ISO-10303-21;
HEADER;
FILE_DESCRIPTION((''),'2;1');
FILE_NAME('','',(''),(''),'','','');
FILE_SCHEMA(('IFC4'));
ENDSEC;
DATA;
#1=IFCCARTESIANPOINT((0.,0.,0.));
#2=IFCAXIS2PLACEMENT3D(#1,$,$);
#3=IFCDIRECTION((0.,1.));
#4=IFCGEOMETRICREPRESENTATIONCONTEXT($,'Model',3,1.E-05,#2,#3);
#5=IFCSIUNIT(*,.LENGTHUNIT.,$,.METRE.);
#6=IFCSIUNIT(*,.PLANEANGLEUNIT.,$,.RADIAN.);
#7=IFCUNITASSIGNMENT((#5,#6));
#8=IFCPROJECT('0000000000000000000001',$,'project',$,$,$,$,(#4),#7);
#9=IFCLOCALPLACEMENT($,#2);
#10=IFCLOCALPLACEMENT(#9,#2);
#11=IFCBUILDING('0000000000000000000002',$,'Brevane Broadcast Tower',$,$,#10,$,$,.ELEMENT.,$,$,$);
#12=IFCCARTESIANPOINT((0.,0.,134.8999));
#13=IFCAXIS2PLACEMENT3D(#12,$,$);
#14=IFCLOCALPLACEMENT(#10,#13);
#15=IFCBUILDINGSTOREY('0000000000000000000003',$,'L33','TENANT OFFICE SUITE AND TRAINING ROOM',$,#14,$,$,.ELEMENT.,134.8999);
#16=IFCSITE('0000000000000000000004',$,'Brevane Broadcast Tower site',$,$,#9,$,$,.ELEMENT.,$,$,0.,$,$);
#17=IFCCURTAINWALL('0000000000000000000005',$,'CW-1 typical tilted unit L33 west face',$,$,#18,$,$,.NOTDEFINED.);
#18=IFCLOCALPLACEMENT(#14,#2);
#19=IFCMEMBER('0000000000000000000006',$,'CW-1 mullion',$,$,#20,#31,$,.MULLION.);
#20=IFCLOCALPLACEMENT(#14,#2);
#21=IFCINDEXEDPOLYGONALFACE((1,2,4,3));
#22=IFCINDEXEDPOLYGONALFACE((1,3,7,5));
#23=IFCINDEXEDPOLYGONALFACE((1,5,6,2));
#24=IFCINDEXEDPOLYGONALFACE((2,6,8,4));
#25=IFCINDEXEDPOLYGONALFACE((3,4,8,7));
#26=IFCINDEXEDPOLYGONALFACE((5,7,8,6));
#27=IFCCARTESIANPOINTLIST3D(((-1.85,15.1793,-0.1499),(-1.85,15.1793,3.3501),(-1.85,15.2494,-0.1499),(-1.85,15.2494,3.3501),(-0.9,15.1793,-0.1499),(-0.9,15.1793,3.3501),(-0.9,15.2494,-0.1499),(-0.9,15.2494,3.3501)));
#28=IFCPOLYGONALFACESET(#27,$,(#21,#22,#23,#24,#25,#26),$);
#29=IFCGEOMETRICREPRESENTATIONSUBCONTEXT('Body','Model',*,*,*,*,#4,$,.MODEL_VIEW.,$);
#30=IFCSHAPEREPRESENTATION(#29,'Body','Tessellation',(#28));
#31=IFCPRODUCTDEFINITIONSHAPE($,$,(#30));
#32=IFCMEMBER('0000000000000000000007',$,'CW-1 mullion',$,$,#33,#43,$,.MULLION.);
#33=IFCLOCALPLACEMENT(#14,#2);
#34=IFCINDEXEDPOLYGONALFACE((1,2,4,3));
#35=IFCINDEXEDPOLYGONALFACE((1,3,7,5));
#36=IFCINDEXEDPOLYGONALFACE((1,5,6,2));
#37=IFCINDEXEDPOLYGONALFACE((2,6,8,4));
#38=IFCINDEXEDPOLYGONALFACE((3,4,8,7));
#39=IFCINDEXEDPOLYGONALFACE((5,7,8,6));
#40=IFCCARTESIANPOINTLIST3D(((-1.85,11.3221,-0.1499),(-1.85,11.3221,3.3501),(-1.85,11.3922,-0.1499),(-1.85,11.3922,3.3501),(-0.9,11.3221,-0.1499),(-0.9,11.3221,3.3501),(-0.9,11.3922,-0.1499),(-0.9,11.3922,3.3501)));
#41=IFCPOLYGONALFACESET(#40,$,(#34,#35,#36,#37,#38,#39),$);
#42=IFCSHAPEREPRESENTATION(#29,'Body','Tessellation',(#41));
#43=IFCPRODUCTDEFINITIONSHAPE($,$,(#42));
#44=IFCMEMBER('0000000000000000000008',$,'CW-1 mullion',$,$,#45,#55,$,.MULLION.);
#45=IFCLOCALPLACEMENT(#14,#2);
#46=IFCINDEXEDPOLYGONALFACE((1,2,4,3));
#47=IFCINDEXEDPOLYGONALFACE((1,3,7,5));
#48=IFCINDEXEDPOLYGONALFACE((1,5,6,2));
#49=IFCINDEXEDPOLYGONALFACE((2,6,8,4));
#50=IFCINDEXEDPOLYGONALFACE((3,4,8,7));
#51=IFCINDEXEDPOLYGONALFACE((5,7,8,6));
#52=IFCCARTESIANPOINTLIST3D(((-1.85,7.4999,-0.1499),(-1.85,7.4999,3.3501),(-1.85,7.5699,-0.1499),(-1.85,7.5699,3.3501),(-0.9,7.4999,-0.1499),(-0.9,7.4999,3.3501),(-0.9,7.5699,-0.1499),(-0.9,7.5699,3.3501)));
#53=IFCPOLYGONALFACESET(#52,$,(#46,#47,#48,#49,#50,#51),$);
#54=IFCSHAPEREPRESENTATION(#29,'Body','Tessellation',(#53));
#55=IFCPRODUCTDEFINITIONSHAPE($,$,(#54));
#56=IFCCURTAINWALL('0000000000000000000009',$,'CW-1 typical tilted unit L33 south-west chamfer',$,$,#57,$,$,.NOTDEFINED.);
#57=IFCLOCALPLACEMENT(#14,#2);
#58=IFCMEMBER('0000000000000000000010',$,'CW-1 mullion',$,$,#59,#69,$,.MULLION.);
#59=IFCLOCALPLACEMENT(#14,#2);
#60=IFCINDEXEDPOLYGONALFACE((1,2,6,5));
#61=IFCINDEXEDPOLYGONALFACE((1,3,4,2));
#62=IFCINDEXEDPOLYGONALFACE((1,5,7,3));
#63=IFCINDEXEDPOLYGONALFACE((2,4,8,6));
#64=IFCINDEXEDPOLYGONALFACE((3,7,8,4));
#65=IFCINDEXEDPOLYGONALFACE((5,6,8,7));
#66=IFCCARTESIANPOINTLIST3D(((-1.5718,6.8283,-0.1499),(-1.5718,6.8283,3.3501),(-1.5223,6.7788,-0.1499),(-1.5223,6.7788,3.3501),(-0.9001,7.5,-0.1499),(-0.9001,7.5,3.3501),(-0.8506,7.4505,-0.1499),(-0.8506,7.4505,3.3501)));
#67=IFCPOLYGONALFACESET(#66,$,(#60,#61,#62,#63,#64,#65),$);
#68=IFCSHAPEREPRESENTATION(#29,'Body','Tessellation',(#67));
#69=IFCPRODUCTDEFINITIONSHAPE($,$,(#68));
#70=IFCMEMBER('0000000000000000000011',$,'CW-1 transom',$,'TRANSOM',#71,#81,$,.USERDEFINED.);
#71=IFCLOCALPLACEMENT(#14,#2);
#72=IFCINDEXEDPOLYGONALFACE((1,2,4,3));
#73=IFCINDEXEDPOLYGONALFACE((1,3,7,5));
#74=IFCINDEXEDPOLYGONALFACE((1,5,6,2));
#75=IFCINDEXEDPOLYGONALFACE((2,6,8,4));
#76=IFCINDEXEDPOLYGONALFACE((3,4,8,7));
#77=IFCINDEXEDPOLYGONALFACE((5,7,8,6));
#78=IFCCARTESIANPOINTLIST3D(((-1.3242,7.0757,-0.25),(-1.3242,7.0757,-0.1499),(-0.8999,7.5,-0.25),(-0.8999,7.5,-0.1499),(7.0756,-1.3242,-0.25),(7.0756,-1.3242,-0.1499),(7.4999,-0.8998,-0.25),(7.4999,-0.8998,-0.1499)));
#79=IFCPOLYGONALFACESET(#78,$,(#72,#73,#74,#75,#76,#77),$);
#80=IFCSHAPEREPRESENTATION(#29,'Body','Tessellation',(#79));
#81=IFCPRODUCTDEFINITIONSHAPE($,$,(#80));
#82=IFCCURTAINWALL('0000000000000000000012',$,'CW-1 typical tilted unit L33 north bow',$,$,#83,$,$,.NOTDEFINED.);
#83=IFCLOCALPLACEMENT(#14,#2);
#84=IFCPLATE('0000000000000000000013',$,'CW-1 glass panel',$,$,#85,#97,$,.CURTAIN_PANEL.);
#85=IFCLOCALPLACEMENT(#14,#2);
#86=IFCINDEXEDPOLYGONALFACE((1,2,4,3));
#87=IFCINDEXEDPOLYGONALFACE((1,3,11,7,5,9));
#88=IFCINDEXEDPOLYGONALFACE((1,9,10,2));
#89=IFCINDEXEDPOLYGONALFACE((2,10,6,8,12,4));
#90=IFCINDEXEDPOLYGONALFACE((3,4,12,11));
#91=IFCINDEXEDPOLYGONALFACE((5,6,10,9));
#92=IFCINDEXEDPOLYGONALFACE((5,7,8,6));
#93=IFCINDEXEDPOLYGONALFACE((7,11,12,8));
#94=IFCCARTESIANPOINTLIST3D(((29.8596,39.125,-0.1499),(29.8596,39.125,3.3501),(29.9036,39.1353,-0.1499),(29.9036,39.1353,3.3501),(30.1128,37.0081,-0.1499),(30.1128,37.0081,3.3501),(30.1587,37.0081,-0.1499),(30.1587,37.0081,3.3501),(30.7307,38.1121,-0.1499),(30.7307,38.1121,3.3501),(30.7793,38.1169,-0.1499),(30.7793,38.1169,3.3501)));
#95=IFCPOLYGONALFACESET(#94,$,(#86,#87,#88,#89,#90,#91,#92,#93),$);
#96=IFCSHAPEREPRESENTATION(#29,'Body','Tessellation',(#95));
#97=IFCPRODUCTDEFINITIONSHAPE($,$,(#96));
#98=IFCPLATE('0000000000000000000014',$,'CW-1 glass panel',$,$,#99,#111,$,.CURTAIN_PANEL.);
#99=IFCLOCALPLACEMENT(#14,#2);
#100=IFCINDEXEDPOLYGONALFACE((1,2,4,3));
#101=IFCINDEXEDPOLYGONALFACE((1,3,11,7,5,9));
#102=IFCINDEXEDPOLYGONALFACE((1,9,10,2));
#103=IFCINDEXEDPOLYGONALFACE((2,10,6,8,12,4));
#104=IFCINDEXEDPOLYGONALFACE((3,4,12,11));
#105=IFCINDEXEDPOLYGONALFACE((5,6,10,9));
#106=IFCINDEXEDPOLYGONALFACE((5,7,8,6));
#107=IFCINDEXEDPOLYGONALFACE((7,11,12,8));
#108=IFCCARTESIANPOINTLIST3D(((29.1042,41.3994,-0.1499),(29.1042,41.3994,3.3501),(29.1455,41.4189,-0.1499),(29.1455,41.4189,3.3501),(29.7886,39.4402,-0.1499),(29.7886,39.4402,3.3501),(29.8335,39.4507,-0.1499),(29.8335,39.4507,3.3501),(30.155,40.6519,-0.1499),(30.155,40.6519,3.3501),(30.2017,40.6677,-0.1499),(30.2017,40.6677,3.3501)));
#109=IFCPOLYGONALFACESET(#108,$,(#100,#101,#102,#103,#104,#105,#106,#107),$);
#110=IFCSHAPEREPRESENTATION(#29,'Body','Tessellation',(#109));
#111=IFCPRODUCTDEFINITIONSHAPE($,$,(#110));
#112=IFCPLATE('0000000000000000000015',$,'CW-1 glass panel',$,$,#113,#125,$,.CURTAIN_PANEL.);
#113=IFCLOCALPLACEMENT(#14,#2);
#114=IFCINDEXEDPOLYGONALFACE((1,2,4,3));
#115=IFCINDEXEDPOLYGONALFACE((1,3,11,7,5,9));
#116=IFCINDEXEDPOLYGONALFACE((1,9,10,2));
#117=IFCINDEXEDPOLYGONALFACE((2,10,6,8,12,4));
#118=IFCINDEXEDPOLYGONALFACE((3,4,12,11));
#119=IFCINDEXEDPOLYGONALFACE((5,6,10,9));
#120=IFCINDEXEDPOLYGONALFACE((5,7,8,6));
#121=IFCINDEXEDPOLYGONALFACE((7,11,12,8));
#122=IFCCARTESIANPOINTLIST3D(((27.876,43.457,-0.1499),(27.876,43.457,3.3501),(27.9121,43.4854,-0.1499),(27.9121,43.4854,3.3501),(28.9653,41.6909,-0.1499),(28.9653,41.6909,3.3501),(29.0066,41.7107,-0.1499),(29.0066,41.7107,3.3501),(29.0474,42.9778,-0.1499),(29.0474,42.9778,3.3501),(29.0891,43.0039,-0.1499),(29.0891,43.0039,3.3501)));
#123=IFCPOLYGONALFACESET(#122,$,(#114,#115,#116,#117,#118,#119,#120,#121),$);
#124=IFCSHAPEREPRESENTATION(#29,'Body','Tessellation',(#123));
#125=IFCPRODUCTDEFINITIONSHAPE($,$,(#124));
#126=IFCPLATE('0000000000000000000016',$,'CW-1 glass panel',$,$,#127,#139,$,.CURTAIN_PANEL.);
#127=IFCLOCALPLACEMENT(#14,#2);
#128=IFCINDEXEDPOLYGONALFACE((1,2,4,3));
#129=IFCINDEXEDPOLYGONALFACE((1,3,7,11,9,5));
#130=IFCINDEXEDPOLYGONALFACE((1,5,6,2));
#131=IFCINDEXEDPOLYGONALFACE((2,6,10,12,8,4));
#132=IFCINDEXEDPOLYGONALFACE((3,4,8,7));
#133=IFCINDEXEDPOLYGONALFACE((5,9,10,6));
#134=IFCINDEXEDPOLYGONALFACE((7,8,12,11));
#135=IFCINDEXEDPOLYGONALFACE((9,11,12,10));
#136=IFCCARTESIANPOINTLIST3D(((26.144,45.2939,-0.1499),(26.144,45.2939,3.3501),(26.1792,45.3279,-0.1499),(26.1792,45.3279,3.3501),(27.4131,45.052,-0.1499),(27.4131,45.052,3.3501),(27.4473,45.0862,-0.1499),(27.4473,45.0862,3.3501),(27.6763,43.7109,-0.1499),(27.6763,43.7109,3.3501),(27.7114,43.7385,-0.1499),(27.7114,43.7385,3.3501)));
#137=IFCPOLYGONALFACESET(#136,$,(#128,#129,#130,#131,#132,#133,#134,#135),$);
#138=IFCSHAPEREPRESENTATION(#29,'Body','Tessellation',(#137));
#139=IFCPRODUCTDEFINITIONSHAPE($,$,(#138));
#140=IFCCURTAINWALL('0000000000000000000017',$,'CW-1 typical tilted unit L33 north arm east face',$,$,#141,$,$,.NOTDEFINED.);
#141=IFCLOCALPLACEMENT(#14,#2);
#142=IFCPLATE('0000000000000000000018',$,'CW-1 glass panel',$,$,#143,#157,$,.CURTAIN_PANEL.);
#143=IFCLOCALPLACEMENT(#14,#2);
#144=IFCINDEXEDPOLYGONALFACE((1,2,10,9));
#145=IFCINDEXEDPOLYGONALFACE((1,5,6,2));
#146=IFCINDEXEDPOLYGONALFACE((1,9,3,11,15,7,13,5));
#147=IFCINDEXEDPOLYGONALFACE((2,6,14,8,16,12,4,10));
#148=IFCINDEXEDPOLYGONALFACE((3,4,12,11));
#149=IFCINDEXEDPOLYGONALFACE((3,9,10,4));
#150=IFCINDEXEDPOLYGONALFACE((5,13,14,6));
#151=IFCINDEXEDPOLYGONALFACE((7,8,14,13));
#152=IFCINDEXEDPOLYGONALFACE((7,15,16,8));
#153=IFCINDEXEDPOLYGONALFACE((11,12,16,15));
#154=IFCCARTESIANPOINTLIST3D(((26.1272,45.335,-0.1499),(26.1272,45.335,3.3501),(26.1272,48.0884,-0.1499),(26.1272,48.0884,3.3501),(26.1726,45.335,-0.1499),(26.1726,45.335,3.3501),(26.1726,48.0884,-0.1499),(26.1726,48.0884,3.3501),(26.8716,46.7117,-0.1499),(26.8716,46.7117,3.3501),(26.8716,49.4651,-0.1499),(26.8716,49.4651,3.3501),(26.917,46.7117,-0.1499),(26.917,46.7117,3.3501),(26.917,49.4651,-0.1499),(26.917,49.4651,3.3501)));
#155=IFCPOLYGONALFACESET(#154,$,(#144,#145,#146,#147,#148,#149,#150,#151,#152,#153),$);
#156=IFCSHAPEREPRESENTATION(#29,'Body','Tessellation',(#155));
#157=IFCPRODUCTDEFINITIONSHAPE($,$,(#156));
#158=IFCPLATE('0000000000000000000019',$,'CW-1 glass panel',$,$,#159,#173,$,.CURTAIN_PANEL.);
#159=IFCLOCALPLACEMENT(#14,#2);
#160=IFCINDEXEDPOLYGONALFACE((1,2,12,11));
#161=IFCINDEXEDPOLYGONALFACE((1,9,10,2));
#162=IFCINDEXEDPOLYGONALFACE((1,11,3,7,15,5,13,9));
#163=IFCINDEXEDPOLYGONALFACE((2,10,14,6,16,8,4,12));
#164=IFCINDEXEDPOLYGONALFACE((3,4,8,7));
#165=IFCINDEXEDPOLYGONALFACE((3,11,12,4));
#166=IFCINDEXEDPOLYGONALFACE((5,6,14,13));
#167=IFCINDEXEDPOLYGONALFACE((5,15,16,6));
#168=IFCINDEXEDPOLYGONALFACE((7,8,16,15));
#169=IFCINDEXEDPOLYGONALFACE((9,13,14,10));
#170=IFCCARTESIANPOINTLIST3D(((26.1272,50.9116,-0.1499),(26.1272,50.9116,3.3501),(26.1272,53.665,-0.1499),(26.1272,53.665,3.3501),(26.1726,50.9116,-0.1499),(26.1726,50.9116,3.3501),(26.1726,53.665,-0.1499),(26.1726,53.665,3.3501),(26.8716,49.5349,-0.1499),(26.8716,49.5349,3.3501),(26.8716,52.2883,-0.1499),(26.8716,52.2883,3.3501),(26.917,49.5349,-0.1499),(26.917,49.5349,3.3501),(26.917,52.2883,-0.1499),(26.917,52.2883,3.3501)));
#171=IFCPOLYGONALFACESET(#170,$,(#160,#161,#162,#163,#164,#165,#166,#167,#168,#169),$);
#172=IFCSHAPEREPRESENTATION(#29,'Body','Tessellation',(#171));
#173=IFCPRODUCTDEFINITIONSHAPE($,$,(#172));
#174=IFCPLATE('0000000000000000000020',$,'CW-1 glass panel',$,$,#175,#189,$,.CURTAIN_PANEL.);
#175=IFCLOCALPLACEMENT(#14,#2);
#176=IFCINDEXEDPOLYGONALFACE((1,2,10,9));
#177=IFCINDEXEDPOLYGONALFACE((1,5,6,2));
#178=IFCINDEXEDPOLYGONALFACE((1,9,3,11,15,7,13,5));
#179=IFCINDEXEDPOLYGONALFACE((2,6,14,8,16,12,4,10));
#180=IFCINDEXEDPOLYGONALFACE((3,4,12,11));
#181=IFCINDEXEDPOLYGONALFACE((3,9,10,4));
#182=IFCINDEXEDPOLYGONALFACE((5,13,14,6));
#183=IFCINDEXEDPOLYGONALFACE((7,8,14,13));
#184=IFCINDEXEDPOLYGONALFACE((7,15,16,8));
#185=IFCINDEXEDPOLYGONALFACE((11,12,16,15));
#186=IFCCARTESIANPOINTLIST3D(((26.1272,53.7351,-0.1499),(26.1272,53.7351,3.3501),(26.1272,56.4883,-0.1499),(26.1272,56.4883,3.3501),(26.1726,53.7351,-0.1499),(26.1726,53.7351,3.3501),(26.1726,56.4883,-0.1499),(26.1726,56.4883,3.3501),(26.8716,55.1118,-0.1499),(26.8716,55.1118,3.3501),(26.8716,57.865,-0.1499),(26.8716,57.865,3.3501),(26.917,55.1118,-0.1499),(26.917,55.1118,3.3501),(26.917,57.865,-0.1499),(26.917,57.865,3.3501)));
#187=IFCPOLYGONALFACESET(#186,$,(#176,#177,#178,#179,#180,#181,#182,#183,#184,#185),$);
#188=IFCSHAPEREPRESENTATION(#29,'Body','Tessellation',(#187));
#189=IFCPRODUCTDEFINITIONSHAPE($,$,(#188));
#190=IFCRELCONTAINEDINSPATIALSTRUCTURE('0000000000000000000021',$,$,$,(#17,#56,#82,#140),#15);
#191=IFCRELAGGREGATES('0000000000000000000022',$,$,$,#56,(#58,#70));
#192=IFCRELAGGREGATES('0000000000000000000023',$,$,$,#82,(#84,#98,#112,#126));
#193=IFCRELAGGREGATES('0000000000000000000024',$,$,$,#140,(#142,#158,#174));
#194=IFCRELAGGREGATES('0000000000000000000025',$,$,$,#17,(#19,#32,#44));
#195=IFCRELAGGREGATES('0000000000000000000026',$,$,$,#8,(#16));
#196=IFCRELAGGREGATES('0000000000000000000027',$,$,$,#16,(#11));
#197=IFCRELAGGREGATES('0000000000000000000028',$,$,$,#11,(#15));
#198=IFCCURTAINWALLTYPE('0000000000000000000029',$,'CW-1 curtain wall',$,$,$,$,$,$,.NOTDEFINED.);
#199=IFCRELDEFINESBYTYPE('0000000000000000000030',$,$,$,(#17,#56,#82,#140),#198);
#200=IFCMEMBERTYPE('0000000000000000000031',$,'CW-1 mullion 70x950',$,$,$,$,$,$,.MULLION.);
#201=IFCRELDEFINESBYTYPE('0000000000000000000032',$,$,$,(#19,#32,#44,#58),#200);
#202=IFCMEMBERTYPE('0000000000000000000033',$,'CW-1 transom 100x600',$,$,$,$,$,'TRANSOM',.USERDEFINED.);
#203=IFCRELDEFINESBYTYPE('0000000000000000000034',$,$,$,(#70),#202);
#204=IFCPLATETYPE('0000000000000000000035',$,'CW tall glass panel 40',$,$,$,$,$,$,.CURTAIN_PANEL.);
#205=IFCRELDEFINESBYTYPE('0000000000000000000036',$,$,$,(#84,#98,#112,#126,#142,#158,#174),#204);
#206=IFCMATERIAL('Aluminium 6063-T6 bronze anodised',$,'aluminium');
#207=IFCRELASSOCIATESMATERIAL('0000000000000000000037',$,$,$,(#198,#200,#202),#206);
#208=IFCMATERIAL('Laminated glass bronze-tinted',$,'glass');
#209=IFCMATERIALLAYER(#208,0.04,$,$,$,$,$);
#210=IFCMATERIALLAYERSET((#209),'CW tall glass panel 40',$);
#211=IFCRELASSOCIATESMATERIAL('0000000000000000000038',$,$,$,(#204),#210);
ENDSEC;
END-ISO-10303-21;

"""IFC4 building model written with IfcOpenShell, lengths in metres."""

from ifc_helpers import new_model, si_unit, direction, frame, origin, origin_2d, place, context, subcontext, project, spatial, polyline, rectangle, outline, extrude, material, layer, layer_set, material_profile, profile_set, type_object, element, aggregate, save


model = new_model("IFC4")

# Units and contexts
model_context = context("Model", 3, precision=1e-05, world=origin(), true_north=direction((0.0, 1.0)))
body_context = subcontext(model_context, "Body", "Model", "MODEL_VIEW")
ifc_project = project(units=[si_unit("LENGTHUNIT", "METRE"), si_unit("PLANEANGLEUNIT", "RADIAN")], contexts=[model_context])

# Site, building, storey
site_placement = place(None, origin())
site = spatial("IfcSite", under=ifc_project, at=site_placement, Name="Brevane Broadcast Tower site", CompositionType="ELEMENT", RefElevation=0.0)
building_placement = place(site_placement, origin())
building = spatial("IfcBuilding", under=site, at=building_placement, Name="Brevane Broadcast Tower", CompositionType="ELEMENT")
storey_placement = place(building_placement, frame((0.0, 0.0, 134.8999)))
storey = spatial("IfcBuildingStorey", under=building, at=storey_placement, Name="L33", Description="TENANT OFFICE SUITE AND TRAINING ROOM", CompositionType="ELEMENT", Elevation=134.8999)

# Curtain walls, members
ifc_material_1 = material(Name="Aluminium 6063-T6 bronze anodised", Category="aluminium")
curtain_wall_type = type_object("IfcCurtainWallType", Name="CW-1 curtain wall", PredefinedType="NOTDEFINED", material=ifc_material_1)
curtain_wall_1_placement = place(storey_placement, origin())
curtain_wall_1 = element("IfcCurtainWall", 1, at=curtain_wall_1_placement, inside=storey, type_object=curtain_wall_type, Name="CW-1 typical tilted unit L33 west face", PredefinedType="NOTDEFINED")
ifc_material_profile_1 = material_profile(ifc_material_1, rectangle(XDim=0.95, YDim=0.0701, at=origin_2d()), Name="RECT 70x950")
ifc_profile_set_1 = profile_set([ifc_material_profile_1], Name="Aluminium 6063-T6 bronze anodised")
member_type_1 = type_object("IfcMemberType", Name="CW-1 mullion 70x950", PredefinedType="MULLION", material=ifc_profile_set_1)
member_1_placement = place(storey_placement, frame((-1.375, 15.2144, -0.1499), z_axis=(0.0, 0.0, 1.0), x_axis=(1.0, 0.0, 0.0)))
member_1 = element("IfcMember", 2, at=member_1_placement, type_object=member_type_1, Name="CW-1 mullion", PredefinedType="MULLION", context=body_context, shape_type="SweptSolid", body=[
    extrude(rectangle(XDim=0.95, YDim=0.0701, at=origin_2d()), origin(), (0.0, 0.0, 1.0), 3.5),
])
member_2_placement = place(storey_placement, frame((-1.375, 11.3572, -0.1499), z_axis=(0.0, 0.0, 1.0), x_axis=(1.0, 0.0, 0.0)))
member_2 = element("IfcMember", 3, at=member_2_placement, type_object=member_type_1, Name="CW-1 mullion", PredefinedType="MULLION", context=body_context, shape_type="SweptSolid", body=[
    extrude(rectangle(XDim=0.95, YDim=0.0701, at=origin_2d()), origin(), (0.0, 0.0, 1.0), 3.5),
])
member_3_placement = place(storey_placement, frame((-1.375, 7.5349, -0.1499), z_axis=(0.0, 0.0, 1.0), x_axis=(1.0, 0.0, 0.0)))
member_3 = element("IfcMember", 4, at=member_3_placement, type_object=member_type_1, Name="CW-1 mullion", PredefinedType="MULLION", context=body_context, shape_type="SweptSolid", body=[
    extrude(rectangle(XDim=0.95, YDim=0.0701, at=origin_2d()), origin(), (0.0, 0.0, 1.0), 3.5),
])
curtain_wall_2_placement = place(storey_placement, origin())
curtain_wall_2 = element("IfcCurtainWall", 5, at=curtain_wall_2_placement, inside=storey, type_object=curtain_wall_type, Name="CW-1 typical tilted unit L33 south-west chamfer", PredefinedType="NOTDEFINED")
member_4_placement = place(storey_placement, frame((-1.2112, 7.1394, -0.1499), z_axis=(0.0, 0.0, 1.0), x_axis=(0.707107, 0.707107, 0.0)))
member_4 = element("IfcMember", 6, at=member_4_placement, type_object=member_type_1, Name="CW-1 mullion", PredefinedType="MULLION", context=body_context, shape_type="SweptSolid", body=[
    extrude(rectangle(XDim=0.95, YDim=0.0701, at=origin_2d()), origin(), (0.0, 0.0, 1.0), 3.5),
])
ifc_material_profile_2 = material_profile(ifc_material_1, rectangle(XDim=0.6001, YDim=0.1001, at=origin_2d()), Name="RECT 100x600")
ifc_profile_set_2 = profile_set([ifc_material_profile_2], Name="Aluminium 6063-T6 bronze anodised")
member_type_2 = type_object("IfcMemberType", Name="CW-1 transom 100x600", ElementType="TRANSOM", PredefinedType="USERDEFINED", material=ifc_profile_set_2)
member_5_placement = place(storey_placement, frame((-1.1121, 7.2878, -0.2), z_axis=(0.707107, -0.707107, 0.0), x_axis=(0.707107, 0.707107, 0.0)))
member_5 = element("IfcMember", 7, at=member_5_placement, type_object=member_type_2, Name="CW-1 transom", ObjectType="TRANSOM", PredefinedType="USERDEFINED", context=body_context, shape_type="SweptSolid", body=[
    extrude(rectangle(XDim=0.6001, YDim=0.1001, at=origin_2d()), origin(), (0.0, 0.0, 1.0), 11.8792),
])
aggregate(curtain_wall_2, [member_4, member_5])

# Curtain walls, plates
curtain_wall_3_placement = place(storey_placement, origin())
curtain_wall_3 = element("IfcCurtainWall", 8, at=curtain_wall_3_placement, inside=storey, type_object=curtain_wall_type, Name="CW-1 typical tilted unit L33 north bow", PredefinedType="NOTDEFINED")
ifc_material_2 = material(Name="Laminated glass bronze-tinted", Category="glass")
ifc_layer = layer(ifc_material_2, 0.04)
ifc_layer_set = layer_set([ifc_layer], Name="CW tall glass panel 40")
plate_type = type_object("IfcPlateType", Name="CW tall glass panel 40", PredefinedType="CURTAIN_PANEL", material=ifc_layer_set)
plate_1_placement = place(storey_placement, frame((0.0, 0.0, -0.1499)))
plate_1 = element("IfcPlate", 9, at=plate_1_placement, type_object=plate_type, Name="CW-1 glass panel", PredefinedType="CURTAIN_PANEL", context=body_context, shape_type="SweptSolid", body=[
    extrude(outline(polyline([(30.1128, 37.0081), (30.1587, 37.0081), (30.7793, 38.1169), (29.9036, 39.1353), (29.8596, 39.125), (30.7307, 38.1121), (30.1128, 37.0081)])), origin(), (0.0, 0.0, 1.0), 3.5),
])
plate_2_placement = place(storey_placement, frame((0.0, 0.0, -0.1499)))
plate_2 = element("IfcPlate", 10, at=plate_2_placement, type_object=plate_type, Name="CW-1 glass panel", PredefinedType="CURTAIN_PANEL", context=body_context, shape_type="SweptSolid", body=[
    extrude(outline(polyline([(29.7886, 39.4402), (29.8335, 39.4507), (30.2017, 40.6677), (29.1455, 41.4189), (29.1042, 41.3994), (30.155, 40.6519), (29.7886, 39.4402)])), origin(), (0.0, 0.0, 1.0), 3.5),
])
plate_3_placement = place(storey_placement, frame((0.0, 0.0, -0.1499)))
plate_3 = element("IfcPlate", 11, at=plate_3_placement, type_object=plate_type, Name="CW-1 glass panel", PredefinedType="CURTAIN_PANEL", context=body_context, shape_type="SweptSolid", body=[
    extrude(outline(polyline([(28.9653, 41.6909), (29.0066, 41.7107), (29.0891, 43.0039), (27.9121, 43.4854), (27.876, 43.457), (29.0474, 42.9778), (28.9653, 41.6909)])), origin(), (0.0, 0.0, 1.0), 3.5),
])
plate_4_placement = place(storey_placement, frame((0.0, 0.0, -0.1499)))
plate_4 = element("IfcPlate", 12, at=plate_4_placement, type_object=plate_type, Name="CW-1 glass panel", PredefinedType="CURTAIN_PANEL", context=body_context, shape_type="SweptSolid", body=[
    extrude(outline(polyline([(27.6763, 43.7109), (27.7114, 43.7385), (27.4473, 45.0862), (26.1792, 45.3279), (26.144, 45.2939), (27.4131, 45.052), (27.6763, 43.7109)])), origin(), (0.0, 0.0, 1.0), 3.5),
])
aggregate(curtain_wall_3, [plate_1, plate_2, plate_3, plate_4])
curtain_wall_4_placement = place(storey_placement, origin())
curtain_wall_4 = element("IfcCurtainWall", 13, at=curtain_wall_4_placement, inside=storey, type_object=curtain_wall_type, Name="CW-1 typical tilted unit L33 north arm east face", PredefinedType="NOTDEFINED")
plate_5_placement = place(storey_placement, frame((0.0, 0.0, -0.1499)))
plate_5 = element("IfcPlate", 14, at=plate_5_placement, type_object=plate_type, Name="CW-1 glass panel", PredefinedType="CURTAIN_PANEL", context=body_context, shape_type="SweptSolid", body=[
    extrude(outline(polyline([(26.1272, 45.335), (26.1726, 45.335), (26.917, 46.7117), (26.1726, 48.0884), (26.917, 49.4651), (26.8716, 49.4651), (26.1272, 48.0884), (26.8716, 46.7117), (26.1272, 45.335)])), origin(), (0.0, 0.0, 1.0), 3.5),
])
plate_6_placement = place(storey_placement, frame((0.0, 0.0, -0.1499)))
plate_6 = element("IfcPlate", 15, at=plate_6_placement, type_object=plate_type, Name="CW-1 glass panel", PredefinedType="CURTAIN_PANEL", context=body_context, shape_type="SweptSolid", body=[
    extrude(outline(polyline([(26.8716, 49.5349), (26.917, 49.5349), (26.1726, 50.9116), (26.917, 52.2883), (26.1726, 53.665), (26.1272, 53.665), (26.8716, 52.2883), (26.1272, 50.9116), (26.8716, 49.5349)])), origin(), (0.0, 0.0, 1.0), 3.5),
])
plate_7_placement = place(storey_placement, frame((0.0, 0.0, -0.1499)))
plate_7 = element("IfcPlate", 16, at=plate_7_placement, type_object=plate_type, Name="CW-1 glass panel", PredefinedType="CURTAIN_PANEL", context=body_context, shape_type="SweptSolid", body=[
    extrude(outline(polyline([(26.1272, 53.7351), (26.1726, 53.7351), (26.917, 55.1118), (26.1726, 56.4883), (26.917, 57.865), (26.8716, 57.865), (26.1272, 56.4883), (26.8716, 55.1118), (26.1272, 53.7351)])), origin(), (0.0, 0.0, 1.0), 3.5),
])
aggregate(curtain_wall_4, [plate_5, plate_6, plate_7])

aggregate(curtain_wall_1, [member_1, member_2, member_3])

save(model, "model.ifc")
